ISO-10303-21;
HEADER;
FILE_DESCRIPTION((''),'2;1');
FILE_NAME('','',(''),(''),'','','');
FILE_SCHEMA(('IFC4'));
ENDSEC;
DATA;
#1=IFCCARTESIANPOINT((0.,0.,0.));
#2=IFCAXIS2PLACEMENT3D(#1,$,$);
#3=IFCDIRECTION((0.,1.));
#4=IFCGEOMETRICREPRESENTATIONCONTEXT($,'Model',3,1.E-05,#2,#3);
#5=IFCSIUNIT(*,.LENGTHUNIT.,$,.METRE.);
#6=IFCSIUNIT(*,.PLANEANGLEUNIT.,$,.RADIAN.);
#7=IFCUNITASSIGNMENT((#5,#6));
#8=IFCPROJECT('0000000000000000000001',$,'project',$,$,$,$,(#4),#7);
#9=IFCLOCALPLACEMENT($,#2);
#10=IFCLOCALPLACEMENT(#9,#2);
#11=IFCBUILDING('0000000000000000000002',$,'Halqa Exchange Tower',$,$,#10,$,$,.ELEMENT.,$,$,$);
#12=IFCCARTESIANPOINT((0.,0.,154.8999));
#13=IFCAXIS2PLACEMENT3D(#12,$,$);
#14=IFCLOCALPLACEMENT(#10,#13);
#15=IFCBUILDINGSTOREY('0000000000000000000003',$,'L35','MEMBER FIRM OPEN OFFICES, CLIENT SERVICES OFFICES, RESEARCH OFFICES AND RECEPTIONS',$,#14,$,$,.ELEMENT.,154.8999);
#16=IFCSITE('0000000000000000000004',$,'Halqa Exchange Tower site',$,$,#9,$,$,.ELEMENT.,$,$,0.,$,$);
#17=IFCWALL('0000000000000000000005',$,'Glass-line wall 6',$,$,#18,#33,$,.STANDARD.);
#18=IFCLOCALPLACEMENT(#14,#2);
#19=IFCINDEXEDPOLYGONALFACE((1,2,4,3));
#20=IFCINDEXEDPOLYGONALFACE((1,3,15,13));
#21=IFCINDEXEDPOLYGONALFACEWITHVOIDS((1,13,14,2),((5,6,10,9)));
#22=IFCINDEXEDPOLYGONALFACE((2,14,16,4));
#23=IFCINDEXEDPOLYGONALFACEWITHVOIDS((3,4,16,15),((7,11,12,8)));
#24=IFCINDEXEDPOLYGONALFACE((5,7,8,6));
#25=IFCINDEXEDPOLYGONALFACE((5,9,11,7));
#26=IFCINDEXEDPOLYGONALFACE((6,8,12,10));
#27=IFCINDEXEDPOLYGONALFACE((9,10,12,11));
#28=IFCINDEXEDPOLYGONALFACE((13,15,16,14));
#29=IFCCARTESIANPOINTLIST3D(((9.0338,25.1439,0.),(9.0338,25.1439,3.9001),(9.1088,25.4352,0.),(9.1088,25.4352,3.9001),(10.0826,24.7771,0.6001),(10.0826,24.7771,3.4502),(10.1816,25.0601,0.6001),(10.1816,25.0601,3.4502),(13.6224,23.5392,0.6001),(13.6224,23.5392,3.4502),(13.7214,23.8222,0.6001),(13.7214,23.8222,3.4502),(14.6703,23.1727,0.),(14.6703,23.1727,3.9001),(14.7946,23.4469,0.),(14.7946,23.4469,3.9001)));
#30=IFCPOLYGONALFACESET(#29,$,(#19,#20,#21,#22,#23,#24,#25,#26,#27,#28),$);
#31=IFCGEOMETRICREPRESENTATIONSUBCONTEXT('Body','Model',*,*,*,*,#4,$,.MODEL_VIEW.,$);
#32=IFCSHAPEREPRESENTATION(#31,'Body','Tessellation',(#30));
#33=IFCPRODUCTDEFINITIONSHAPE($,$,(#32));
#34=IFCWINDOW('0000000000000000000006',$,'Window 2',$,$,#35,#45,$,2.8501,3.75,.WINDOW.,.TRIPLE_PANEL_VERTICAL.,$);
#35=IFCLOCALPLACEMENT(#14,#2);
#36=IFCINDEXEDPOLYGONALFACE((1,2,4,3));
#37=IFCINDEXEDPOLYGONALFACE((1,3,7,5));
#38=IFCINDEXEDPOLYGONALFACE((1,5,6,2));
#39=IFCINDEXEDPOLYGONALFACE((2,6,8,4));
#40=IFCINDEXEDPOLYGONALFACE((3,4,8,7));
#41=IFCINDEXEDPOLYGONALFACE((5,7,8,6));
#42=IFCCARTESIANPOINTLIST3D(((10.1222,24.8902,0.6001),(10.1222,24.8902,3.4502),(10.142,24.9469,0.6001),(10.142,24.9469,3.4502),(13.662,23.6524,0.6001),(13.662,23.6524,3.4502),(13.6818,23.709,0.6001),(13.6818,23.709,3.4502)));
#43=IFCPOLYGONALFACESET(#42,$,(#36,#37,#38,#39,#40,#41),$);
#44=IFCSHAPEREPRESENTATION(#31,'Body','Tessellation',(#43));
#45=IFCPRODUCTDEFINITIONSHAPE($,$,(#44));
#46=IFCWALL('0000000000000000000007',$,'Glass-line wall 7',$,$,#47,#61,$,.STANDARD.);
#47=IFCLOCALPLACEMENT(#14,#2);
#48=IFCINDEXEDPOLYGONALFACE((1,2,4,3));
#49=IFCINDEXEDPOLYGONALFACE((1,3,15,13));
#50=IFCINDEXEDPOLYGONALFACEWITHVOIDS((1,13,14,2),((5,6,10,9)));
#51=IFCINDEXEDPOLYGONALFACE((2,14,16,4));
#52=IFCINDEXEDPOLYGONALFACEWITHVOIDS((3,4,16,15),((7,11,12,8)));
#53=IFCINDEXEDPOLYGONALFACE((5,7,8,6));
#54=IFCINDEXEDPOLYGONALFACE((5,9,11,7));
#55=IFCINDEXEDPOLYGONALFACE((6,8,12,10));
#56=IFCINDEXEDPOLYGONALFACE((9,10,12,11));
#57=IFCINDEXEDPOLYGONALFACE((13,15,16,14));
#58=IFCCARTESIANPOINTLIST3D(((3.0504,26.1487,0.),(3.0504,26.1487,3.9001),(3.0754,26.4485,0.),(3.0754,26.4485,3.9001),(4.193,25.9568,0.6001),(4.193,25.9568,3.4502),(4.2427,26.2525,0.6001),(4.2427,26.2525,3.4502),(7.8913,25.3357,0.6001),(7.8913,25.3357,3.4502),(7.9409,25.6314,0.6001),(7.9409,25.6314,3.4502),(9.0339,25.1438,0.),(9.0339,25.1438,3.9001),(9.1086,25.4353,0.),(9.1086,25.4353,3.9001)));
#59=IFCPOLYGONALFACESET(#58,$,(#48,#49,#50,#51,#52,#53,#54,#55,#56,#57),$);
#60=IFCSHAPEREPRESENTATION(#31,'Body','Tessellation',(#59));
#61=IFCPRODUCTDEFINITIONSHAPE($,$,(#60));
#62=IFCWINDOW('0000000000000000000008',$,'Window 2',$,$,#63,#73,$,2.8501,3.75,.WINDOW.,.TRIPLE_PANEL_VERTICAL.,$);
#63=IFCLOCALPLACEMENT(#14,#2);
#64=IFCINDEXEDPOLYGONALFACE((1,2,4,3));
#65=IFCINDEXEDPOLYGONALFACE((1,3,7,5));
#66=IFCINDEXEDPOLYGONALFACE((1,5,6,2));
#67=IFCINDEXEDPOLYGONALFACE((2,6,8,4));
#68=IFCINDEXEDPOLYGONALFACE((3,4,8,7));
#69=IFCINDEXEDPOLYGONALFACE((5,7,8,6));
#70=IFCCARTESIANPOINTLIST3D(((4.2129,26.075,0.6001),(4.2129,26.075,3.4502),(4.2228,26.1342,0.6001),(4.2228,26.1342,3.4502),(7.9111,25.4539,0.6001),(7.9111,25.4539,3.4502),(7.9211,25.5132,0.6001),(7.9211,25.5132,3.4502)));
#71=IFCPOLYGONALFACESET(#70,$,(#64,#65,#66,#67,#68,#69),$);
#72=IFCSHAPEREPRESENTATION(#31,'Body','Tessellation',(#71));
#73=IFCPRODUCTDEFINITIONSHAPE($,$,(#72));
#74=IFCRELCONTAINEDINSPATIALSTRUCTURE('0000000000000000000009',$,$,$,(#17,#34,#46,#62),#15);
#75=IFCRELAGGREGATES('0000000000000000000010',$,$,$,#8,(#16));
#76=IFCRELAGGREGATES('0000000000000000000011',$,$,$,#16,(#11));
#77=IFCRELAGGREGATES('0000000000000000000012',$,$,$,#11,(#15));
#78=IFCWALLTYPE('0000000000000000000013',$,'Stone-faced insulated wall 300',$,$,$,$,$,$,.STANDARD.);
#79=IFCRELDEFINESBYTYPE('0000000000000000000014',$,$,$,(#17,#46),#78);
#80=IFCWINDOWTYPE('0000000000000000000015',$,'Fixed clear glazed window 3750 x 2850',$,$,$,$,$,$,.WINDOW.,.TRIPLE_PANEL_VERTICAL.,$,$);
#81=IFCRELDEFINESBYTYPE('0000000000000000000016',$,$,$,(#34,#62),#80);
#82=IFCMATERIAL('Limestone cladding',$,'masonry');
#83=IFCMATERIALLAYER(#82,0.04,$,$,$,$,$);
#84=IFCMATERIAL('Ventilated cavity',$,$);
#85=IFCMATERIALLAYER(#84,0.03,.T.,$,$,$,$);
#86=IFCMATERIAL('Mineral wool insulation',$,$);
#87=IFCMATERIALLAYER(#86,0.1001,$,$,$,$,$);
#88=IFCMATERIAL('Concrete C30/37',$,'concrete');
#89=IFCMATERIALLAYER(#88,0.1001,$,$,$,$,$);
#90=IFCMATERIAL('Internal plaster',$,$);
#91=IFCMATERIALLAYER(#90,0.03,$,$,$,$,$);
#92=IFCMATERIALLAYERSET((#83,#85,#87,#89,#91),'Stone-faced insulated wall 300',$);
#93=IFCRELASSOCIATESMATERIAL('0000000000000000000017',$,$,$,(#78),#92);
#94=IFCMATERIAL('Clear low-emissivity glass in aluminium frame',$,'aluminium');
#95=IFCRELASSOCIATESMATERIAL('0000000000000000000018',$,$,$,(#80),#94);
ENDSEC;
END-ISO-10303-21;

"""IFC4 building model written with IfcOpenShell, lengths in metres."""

from ifc_helpers import new_model, si_unit, direction, frame, frame_2d, origin, place, context, subcontext, project, spatial, polyline, rectangle, outline, extrude, material, layer, layer_set, type_object, element, fill, save


model = new_model("IFC4")

# Units and contexts
model_context = context("Model", 3, precision=1e-05, world=origin(), true_north=direction((0.0, 1.0)))
body_context = subcontext(model_context, "Body", "Model", "MODEL_VIEW")
ifc_project = project(units=[si_unit("LENGTHUNIT", "METRE"), si_unit("PLANEANGLEUNIT", "RADIAN")], contexts=[model_context])

# Site, building, storey
site_placement = place(None, origin())
site = spatial("IfcSite", under=ifc_project, at=site_placement, Name="Halqa Exchange Tower site", CompositionType="ELEMENT", RefElevation=0.0)
building_placement = place(site_placement, origin())
building = spatial("IfcBuilding", under=site, at=building_placement, Name="Halqa Exchange Tower", CompositionType="ELEMENT")
storey_placement = place(building_placement, frame((0.0, 0.0, 154.8999)))
storey = spatial("IfcBuildingStorey", under=building, at=storey_placement, Name="L35", Description="MEMBER FIRM OPEN OFFICES, CLIENT SERVICES OFFICES, RESEARCH OFFICES AND RECEPTIONS", CompositionType="ELEMENT", Elevation=154.8999)

# Shared definitions
ifc_material_1 = material(Name="Limestone cladding", Category="masonry")
ifc_layer_1 = layer(ifc_material_1, 0.04)
ifc_material_2 = material(Name="Ventilated cavity")
ifc_layer_2 = layer(ifc_material_2, 0.03, ventilated=True)
ifc_material_3 = material(Name="Mineral wool insulation")
ifc_layer_3 = layer(ifc_material_3, 0.1001)
ifc_material_4 = material(Name="Concrete C30/37", Category="concrete")
ifc_layer_4 = layer(ifc_material_4, 0.1001)
ifc_material_5 = material(Name="Internal plaster")
ifc_layer_5 = layer(ifc_material_5, 0.03)
ifc_layer_set_1 = layer_set([ifc_layer_1, ifc_layer_2, ifc_layer_3, ifc_layer_4, ifc_layer_5], Name="Stone-faced insulated wall 300")
wall_type_1 = type_object("IfcWallType", Name="Stone-faced insulated wall 300", PredefinedType="STANDARD", material=ifc_layer_set_1)
ifc_material_6 = material(Name="Clear low-emissivity glass in aluminium frame", Category="aluminium")

# Walls, openings, windows
window_type = type_object("IfcWindowType", Name="Fixed clear glazed window 3750 x 2850", PartitioningType="TRIPLE_PANEL_VERTICAL", PredefinedType="WINDOW", material=ifc_material_6)
wall_1_placement = place(storey_placement, frame((14.7324, 23.3098, 0.0), z_axis=(0.0, 0.0, 1.0), x_axis=(-0.943945, 0.330104, 0.0)))
wall_1 = element("IfcWall", 1, at=wall_1_placement, inside=storey, type_object=wall_type_1, Name="Glass-line wall 6", PredefinedType="STANDARD", context=body_context, shape_type="SweptSolid", body=[
    extrude(outline(polyline([(-0.0134, -0.1499), (6.01, -0.1499), (5.9846, 0.1499), (0.0134, 0.1499), (-0.0134, -0.1499)])), origin(), (0.0, 0.0, 1.0), 3.9001),
])
opening_1_placement = place(wall_1_placement, frame((1.1235, 0.0, 0.6001)))
opening_1 = element("IfcOpeningElement", 2, at=opening_1_placement, cuts=wall_1, PredefinedType="OPENING", context=body_context, shape_type="SweptSolid", body=[
    extrude(rectangle(XDim=3.75, YDim=2.8501, at=frame_2d((1.875, 1.425))), frame((0.0, 0.1621, 0.0), z_axis=(0.0, -1.0, 0.0), x_axis=(1.0, 0.0, 0.0)), (0.0, 0.0, 1.0), 0.324),
])
window_1_placement = place(opening_1_placement, origin())
window_1 = element("IfcWindow", 3, at=window_1_placement, inside=storey, type_object=window_type, Name="Window 2", OverallHeight=2.8501, OverallWidth=3.75, PartitioningType="TRIPLE_PANEL_VERTICAL", PredefinedType="WINDOW", context=body_context, shape_type="SweptSolid", body=[
    extrude(rectangle(XDim=3.75, YDim=2.8501, at=frame_2d((1.875, 1.425))), frame((0.0, 0.03, 0.0), z_axis=(0.0, -1.0, 0.0), x_axis=(1.0, 0.0, 0.0)), (0.0, 0.0, 1.0), 0.0601),
])
fill(opening_1, window_1)
wall_2_placement = place(storey_placement, frame((9.0713, 25.2896, 0.0), z_axis=(0.0, 0.0, 1.0), x_axis=(-0.98619, 0.165621, 0.0)))
wall_2 = element("IfcWall", 4, at=wall_2_placement, inside=storey, type_object=wall_type_1, Name="Glass-line wall 7", PredefinedType="STANDARD", context=body_context, shape_type="SweptSolid", body=[
    extrude(outline(polyline([(-0.0127, -0.1499), (6.105, -0.1499), (6.0801, 0.1499), (0.0127, 0.1499), (-0.0127, -0.1499)])), origin(), (0.0, 0.0, 1.0), 3.9001),
])
opening_2_placement = place(wall_2_placement, frame((1.1714, 0.0, 0.6001)))
opening_2 = element("IfcOpeningElement", 5, at=opening_2_placement, cuts=wall_2, PredefinedType="OPENING", context=body_context, shape_type="SweptSolid", body=[
    extrude(rectangle(XDim=3.75, YDim=2.8501, at=frame_2d((1.875, 1.425))), frame((0.0, 0.1621, 0.0), z_axis=(0.0, -1.0, 0.0), x_axis=(1.0, 0.0, 0.0)), (0.0, 0.0, 1.0), 0.324),
])
window_2_placement = place(opening_2_placement, origin())
window_2 = element("IfcWindow", 6, at=window_2_placement, inside=storey, type_object=window_type, Name="Window 2", OverallHeight=2.8501, OverallWidth=3.75, PartitioningType="TRIPLE_PANEL_VERTICAL", PredefinedType="WINDOW", context=body_context, shape_type="SweptSolid", body=[
    extrude(rectangle(XDim=3.75, YDim=2.8501, at=frame_2d((1.875, 1.425))), frame((0.0, 0.03, 0.0), z_axis=(0.0, -1.0, 0.0), x_axis=(1.0, 0.0, 0.0)), (0.0, 0.0, 1.0), 0.0601),
])
fill(opening_2, window_2)

save(model, "model.ifc")
